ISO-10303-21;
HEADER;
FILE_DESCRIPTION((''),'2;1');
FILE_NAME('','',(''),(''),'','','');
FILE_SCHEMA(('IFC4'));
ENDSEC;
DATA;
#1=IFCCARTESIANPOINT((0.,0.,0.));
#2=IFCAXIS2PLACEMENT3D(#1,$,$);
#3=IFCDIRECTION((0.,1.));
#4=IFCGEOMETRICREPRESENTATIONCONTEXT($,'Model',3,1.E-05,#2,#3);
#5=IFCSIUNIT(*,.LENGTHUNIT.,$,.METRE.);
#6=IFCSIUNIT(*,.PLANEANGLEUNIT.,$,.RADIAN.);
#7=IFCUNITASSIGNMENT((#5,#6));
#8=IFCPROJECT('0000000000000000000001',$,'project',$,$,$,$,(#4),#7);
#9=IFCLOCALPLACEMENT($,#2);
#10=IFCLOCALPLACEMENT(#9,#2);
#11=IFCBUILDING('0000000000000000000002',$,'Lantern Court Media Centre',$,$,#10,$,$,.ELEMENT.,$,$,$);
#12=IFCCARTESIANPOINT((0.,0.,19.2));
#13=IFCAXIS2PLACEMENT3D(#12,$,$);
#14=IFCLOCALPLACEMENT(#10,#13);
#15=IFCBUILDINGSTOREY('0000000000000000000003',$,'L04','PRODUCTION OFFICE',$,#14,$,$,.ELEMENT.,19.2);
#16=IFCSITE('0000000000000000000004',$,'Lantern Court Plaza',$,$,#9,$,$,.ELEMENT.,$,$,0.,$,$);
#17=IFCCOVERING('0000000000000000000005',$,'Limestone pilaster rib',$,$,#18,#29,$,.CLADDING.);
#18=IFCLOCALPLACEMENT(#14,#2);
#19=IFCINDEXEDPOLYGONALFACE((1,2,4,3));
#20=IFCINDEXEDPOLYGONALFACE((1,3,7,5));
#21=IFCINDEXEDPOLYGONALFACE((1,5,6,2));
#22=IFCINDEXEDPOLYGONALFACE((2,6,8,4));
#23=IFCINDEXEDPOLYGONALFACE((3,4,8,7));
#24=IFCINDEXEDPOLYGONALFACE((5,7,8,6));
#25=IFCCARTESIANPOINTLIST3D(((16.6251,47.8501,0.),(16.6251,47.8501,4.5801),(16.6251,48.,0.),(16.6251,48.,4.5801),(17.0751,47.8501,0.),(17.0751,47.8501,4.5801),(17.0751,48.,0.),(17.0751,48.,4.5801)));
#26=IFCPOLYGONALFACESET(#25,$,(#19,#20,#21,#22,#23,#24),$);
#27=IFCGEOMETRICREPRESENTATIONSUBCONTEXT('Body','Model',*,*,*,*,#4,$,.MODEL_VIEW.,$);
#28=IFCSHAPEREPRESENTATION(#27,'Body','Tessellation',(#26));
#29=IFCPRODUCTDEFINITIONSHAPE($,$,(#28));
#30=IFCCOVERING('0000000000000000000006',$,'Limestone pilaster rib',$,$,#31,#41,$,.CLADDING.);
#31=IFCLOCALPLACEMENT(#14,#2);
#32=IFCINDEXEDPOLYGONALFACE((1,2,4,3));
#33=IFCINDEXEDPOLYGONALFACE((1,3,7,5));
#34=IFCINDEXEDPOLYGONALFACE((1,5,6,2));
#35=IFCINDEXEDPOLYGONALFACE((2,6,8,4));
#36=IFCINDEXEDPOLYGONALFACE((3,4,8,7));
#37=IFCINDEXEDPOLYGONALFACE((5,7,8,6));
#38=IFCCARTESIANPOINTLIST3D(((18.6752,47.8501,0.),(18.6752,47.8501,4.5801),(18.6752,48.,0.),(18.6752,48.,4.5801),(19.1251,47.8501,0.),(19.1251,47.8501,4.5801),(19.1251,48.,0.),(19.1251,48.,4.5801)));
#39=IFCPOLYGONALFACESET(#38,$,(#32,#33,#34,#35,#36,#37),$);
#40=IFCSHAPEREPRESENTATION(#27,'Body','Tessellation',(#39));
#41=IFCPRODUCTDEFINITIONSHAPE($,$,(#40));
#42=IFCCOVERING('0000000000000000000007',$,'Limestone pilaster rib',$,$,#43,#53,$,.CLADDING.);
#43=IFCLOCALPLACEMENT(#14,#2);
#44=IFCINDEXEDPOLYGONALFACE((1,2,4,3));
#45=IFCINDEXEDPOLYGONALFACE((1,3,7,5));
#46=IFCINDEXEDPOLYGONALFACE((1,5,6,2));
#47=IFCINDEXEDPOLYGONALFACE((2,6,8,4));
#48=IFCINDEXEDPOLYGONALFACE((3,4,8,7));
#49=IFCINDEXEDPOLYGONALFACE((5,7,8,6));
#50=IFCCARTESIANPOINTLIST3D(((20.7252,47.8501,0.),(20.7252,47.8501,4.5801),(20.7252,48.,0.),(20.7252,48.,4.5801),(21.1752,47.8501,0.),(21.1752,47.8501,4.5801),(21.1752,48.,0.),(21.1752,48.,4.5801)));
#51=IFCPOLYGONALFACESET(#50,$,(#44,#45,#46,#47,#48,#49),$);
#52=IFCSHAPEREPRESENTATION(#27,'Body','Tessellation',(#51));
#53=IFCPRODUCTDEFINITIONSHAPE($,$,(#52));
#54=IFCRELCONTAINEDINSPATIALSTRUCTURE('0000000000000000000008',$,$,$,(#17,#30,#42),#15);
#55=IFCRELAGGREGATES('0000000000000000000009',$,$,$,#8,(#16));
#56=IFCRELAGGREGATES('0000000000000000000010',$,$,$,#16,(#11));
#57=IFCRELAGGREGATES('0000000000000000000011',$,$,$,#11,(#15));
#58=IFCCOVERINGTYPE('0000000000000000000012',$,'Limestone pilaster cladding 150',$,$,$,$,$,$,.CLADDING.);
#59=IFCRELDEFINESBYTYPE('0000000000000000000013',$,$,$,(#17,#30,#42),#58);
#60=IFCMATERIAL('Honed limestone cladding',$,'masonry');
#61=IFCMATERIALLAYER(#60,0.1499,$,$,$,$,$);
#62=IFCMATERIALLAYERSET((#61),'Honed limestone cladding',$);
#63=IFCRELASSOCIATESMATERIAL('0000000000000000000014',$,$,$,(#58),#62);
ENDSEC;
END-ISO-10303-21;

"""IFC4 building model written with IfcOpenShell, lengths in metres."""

from ifc_helpers import new_model, si_unit, direction, frame, frame_2d, origin, place, context, subcontext, project, spatial, rectangle, extrude, material, layer, layer_set, type_object, element, save


model = new_model("IFC4")

# Units and contexts
model_context = context("Model", 3, precision=1e-05, world=origin(), true_north=direction((0.0, 1.0)))
body_context = subcontext(model_context, "Body", "Model", "MODEL_VIEW")
ifc_project = project(units=[si_unit("LENGTHUNIT", "METRE"), si_unit("PLANEANGLEUNIT", "RADIAN")], contexts=[model_context])

# Site, building, storey
site_placement = place(None, origin())
site = spatial("IfcSite", under=ifc_project, at=site_placement, Name="Lantern Court Plaza", CompositionType="ELEMENT", RefElevation=0.0)
building_placement = place(site_placement, origin())
building = spatial("IfcBuilding", under=site, at=building_placement, Name="Lantern Court Media Centre", CompositionType="ELEMENT")
storey_placement = place(building_placement, frame((0.0, 0.0, 19.2)))
storey = spatial("IfcBuildingStorey", under=building, at=storey_placement, Name="L04", Description="PRODUCTION OFFICE", CompositionType="ELEMENT", Elevation=19.2)

# Coverings
ifc_material_1 = material(Name="Honed limestone cladding", Category="masonry")
ifc_layer_1 = layer(ifc_material_1, 0.1499)
ifc_layer_set_1 = layer_set([ifc_layer_1], Name="Honed limestone cladding")
covering_type = type_object("IfcCoveringType", Name="Limestone pilaster cladding 150", PredefinedType="CLADDING", material=ifc_layer_set_1)
for number, where, z_axis, x_axis, name in (
    (1, (16.625, 47.925, 0.0), (0.0, 0.0, 1.0), (1.0, 0.0, 0.0), "Limestone pilaster rib"),
    (2, (18.675, 47.925, 0.0), (0.0, 0.0, 1.0), (1.0, 0.0, 0.0), "Limestone pilaster rib"),
    (3, (20.7251, 47.925, 0.0), (0.0, 0.0, 1.0), (1.0, 0.0, 0.0), "Limestone pilaster rib"),
):
    element("IfcCovering", number, at=place(storey_placement, frame(where, z_axis=z_axis, x_axis=x_axis)), inside=storey, type_object=covering_type, Name=name, PredefinedType="CLADDING", context=body_context, shape_type="SweptSolid", body=[
        extrude(rectangle(XDim=0.45, YDim=0.1499, at=frame_2d((0.2251, 0.0))), origin(), (0.0, 0.0, 1.0), 4.5801),
    ])

save(model, "model.ifc")
